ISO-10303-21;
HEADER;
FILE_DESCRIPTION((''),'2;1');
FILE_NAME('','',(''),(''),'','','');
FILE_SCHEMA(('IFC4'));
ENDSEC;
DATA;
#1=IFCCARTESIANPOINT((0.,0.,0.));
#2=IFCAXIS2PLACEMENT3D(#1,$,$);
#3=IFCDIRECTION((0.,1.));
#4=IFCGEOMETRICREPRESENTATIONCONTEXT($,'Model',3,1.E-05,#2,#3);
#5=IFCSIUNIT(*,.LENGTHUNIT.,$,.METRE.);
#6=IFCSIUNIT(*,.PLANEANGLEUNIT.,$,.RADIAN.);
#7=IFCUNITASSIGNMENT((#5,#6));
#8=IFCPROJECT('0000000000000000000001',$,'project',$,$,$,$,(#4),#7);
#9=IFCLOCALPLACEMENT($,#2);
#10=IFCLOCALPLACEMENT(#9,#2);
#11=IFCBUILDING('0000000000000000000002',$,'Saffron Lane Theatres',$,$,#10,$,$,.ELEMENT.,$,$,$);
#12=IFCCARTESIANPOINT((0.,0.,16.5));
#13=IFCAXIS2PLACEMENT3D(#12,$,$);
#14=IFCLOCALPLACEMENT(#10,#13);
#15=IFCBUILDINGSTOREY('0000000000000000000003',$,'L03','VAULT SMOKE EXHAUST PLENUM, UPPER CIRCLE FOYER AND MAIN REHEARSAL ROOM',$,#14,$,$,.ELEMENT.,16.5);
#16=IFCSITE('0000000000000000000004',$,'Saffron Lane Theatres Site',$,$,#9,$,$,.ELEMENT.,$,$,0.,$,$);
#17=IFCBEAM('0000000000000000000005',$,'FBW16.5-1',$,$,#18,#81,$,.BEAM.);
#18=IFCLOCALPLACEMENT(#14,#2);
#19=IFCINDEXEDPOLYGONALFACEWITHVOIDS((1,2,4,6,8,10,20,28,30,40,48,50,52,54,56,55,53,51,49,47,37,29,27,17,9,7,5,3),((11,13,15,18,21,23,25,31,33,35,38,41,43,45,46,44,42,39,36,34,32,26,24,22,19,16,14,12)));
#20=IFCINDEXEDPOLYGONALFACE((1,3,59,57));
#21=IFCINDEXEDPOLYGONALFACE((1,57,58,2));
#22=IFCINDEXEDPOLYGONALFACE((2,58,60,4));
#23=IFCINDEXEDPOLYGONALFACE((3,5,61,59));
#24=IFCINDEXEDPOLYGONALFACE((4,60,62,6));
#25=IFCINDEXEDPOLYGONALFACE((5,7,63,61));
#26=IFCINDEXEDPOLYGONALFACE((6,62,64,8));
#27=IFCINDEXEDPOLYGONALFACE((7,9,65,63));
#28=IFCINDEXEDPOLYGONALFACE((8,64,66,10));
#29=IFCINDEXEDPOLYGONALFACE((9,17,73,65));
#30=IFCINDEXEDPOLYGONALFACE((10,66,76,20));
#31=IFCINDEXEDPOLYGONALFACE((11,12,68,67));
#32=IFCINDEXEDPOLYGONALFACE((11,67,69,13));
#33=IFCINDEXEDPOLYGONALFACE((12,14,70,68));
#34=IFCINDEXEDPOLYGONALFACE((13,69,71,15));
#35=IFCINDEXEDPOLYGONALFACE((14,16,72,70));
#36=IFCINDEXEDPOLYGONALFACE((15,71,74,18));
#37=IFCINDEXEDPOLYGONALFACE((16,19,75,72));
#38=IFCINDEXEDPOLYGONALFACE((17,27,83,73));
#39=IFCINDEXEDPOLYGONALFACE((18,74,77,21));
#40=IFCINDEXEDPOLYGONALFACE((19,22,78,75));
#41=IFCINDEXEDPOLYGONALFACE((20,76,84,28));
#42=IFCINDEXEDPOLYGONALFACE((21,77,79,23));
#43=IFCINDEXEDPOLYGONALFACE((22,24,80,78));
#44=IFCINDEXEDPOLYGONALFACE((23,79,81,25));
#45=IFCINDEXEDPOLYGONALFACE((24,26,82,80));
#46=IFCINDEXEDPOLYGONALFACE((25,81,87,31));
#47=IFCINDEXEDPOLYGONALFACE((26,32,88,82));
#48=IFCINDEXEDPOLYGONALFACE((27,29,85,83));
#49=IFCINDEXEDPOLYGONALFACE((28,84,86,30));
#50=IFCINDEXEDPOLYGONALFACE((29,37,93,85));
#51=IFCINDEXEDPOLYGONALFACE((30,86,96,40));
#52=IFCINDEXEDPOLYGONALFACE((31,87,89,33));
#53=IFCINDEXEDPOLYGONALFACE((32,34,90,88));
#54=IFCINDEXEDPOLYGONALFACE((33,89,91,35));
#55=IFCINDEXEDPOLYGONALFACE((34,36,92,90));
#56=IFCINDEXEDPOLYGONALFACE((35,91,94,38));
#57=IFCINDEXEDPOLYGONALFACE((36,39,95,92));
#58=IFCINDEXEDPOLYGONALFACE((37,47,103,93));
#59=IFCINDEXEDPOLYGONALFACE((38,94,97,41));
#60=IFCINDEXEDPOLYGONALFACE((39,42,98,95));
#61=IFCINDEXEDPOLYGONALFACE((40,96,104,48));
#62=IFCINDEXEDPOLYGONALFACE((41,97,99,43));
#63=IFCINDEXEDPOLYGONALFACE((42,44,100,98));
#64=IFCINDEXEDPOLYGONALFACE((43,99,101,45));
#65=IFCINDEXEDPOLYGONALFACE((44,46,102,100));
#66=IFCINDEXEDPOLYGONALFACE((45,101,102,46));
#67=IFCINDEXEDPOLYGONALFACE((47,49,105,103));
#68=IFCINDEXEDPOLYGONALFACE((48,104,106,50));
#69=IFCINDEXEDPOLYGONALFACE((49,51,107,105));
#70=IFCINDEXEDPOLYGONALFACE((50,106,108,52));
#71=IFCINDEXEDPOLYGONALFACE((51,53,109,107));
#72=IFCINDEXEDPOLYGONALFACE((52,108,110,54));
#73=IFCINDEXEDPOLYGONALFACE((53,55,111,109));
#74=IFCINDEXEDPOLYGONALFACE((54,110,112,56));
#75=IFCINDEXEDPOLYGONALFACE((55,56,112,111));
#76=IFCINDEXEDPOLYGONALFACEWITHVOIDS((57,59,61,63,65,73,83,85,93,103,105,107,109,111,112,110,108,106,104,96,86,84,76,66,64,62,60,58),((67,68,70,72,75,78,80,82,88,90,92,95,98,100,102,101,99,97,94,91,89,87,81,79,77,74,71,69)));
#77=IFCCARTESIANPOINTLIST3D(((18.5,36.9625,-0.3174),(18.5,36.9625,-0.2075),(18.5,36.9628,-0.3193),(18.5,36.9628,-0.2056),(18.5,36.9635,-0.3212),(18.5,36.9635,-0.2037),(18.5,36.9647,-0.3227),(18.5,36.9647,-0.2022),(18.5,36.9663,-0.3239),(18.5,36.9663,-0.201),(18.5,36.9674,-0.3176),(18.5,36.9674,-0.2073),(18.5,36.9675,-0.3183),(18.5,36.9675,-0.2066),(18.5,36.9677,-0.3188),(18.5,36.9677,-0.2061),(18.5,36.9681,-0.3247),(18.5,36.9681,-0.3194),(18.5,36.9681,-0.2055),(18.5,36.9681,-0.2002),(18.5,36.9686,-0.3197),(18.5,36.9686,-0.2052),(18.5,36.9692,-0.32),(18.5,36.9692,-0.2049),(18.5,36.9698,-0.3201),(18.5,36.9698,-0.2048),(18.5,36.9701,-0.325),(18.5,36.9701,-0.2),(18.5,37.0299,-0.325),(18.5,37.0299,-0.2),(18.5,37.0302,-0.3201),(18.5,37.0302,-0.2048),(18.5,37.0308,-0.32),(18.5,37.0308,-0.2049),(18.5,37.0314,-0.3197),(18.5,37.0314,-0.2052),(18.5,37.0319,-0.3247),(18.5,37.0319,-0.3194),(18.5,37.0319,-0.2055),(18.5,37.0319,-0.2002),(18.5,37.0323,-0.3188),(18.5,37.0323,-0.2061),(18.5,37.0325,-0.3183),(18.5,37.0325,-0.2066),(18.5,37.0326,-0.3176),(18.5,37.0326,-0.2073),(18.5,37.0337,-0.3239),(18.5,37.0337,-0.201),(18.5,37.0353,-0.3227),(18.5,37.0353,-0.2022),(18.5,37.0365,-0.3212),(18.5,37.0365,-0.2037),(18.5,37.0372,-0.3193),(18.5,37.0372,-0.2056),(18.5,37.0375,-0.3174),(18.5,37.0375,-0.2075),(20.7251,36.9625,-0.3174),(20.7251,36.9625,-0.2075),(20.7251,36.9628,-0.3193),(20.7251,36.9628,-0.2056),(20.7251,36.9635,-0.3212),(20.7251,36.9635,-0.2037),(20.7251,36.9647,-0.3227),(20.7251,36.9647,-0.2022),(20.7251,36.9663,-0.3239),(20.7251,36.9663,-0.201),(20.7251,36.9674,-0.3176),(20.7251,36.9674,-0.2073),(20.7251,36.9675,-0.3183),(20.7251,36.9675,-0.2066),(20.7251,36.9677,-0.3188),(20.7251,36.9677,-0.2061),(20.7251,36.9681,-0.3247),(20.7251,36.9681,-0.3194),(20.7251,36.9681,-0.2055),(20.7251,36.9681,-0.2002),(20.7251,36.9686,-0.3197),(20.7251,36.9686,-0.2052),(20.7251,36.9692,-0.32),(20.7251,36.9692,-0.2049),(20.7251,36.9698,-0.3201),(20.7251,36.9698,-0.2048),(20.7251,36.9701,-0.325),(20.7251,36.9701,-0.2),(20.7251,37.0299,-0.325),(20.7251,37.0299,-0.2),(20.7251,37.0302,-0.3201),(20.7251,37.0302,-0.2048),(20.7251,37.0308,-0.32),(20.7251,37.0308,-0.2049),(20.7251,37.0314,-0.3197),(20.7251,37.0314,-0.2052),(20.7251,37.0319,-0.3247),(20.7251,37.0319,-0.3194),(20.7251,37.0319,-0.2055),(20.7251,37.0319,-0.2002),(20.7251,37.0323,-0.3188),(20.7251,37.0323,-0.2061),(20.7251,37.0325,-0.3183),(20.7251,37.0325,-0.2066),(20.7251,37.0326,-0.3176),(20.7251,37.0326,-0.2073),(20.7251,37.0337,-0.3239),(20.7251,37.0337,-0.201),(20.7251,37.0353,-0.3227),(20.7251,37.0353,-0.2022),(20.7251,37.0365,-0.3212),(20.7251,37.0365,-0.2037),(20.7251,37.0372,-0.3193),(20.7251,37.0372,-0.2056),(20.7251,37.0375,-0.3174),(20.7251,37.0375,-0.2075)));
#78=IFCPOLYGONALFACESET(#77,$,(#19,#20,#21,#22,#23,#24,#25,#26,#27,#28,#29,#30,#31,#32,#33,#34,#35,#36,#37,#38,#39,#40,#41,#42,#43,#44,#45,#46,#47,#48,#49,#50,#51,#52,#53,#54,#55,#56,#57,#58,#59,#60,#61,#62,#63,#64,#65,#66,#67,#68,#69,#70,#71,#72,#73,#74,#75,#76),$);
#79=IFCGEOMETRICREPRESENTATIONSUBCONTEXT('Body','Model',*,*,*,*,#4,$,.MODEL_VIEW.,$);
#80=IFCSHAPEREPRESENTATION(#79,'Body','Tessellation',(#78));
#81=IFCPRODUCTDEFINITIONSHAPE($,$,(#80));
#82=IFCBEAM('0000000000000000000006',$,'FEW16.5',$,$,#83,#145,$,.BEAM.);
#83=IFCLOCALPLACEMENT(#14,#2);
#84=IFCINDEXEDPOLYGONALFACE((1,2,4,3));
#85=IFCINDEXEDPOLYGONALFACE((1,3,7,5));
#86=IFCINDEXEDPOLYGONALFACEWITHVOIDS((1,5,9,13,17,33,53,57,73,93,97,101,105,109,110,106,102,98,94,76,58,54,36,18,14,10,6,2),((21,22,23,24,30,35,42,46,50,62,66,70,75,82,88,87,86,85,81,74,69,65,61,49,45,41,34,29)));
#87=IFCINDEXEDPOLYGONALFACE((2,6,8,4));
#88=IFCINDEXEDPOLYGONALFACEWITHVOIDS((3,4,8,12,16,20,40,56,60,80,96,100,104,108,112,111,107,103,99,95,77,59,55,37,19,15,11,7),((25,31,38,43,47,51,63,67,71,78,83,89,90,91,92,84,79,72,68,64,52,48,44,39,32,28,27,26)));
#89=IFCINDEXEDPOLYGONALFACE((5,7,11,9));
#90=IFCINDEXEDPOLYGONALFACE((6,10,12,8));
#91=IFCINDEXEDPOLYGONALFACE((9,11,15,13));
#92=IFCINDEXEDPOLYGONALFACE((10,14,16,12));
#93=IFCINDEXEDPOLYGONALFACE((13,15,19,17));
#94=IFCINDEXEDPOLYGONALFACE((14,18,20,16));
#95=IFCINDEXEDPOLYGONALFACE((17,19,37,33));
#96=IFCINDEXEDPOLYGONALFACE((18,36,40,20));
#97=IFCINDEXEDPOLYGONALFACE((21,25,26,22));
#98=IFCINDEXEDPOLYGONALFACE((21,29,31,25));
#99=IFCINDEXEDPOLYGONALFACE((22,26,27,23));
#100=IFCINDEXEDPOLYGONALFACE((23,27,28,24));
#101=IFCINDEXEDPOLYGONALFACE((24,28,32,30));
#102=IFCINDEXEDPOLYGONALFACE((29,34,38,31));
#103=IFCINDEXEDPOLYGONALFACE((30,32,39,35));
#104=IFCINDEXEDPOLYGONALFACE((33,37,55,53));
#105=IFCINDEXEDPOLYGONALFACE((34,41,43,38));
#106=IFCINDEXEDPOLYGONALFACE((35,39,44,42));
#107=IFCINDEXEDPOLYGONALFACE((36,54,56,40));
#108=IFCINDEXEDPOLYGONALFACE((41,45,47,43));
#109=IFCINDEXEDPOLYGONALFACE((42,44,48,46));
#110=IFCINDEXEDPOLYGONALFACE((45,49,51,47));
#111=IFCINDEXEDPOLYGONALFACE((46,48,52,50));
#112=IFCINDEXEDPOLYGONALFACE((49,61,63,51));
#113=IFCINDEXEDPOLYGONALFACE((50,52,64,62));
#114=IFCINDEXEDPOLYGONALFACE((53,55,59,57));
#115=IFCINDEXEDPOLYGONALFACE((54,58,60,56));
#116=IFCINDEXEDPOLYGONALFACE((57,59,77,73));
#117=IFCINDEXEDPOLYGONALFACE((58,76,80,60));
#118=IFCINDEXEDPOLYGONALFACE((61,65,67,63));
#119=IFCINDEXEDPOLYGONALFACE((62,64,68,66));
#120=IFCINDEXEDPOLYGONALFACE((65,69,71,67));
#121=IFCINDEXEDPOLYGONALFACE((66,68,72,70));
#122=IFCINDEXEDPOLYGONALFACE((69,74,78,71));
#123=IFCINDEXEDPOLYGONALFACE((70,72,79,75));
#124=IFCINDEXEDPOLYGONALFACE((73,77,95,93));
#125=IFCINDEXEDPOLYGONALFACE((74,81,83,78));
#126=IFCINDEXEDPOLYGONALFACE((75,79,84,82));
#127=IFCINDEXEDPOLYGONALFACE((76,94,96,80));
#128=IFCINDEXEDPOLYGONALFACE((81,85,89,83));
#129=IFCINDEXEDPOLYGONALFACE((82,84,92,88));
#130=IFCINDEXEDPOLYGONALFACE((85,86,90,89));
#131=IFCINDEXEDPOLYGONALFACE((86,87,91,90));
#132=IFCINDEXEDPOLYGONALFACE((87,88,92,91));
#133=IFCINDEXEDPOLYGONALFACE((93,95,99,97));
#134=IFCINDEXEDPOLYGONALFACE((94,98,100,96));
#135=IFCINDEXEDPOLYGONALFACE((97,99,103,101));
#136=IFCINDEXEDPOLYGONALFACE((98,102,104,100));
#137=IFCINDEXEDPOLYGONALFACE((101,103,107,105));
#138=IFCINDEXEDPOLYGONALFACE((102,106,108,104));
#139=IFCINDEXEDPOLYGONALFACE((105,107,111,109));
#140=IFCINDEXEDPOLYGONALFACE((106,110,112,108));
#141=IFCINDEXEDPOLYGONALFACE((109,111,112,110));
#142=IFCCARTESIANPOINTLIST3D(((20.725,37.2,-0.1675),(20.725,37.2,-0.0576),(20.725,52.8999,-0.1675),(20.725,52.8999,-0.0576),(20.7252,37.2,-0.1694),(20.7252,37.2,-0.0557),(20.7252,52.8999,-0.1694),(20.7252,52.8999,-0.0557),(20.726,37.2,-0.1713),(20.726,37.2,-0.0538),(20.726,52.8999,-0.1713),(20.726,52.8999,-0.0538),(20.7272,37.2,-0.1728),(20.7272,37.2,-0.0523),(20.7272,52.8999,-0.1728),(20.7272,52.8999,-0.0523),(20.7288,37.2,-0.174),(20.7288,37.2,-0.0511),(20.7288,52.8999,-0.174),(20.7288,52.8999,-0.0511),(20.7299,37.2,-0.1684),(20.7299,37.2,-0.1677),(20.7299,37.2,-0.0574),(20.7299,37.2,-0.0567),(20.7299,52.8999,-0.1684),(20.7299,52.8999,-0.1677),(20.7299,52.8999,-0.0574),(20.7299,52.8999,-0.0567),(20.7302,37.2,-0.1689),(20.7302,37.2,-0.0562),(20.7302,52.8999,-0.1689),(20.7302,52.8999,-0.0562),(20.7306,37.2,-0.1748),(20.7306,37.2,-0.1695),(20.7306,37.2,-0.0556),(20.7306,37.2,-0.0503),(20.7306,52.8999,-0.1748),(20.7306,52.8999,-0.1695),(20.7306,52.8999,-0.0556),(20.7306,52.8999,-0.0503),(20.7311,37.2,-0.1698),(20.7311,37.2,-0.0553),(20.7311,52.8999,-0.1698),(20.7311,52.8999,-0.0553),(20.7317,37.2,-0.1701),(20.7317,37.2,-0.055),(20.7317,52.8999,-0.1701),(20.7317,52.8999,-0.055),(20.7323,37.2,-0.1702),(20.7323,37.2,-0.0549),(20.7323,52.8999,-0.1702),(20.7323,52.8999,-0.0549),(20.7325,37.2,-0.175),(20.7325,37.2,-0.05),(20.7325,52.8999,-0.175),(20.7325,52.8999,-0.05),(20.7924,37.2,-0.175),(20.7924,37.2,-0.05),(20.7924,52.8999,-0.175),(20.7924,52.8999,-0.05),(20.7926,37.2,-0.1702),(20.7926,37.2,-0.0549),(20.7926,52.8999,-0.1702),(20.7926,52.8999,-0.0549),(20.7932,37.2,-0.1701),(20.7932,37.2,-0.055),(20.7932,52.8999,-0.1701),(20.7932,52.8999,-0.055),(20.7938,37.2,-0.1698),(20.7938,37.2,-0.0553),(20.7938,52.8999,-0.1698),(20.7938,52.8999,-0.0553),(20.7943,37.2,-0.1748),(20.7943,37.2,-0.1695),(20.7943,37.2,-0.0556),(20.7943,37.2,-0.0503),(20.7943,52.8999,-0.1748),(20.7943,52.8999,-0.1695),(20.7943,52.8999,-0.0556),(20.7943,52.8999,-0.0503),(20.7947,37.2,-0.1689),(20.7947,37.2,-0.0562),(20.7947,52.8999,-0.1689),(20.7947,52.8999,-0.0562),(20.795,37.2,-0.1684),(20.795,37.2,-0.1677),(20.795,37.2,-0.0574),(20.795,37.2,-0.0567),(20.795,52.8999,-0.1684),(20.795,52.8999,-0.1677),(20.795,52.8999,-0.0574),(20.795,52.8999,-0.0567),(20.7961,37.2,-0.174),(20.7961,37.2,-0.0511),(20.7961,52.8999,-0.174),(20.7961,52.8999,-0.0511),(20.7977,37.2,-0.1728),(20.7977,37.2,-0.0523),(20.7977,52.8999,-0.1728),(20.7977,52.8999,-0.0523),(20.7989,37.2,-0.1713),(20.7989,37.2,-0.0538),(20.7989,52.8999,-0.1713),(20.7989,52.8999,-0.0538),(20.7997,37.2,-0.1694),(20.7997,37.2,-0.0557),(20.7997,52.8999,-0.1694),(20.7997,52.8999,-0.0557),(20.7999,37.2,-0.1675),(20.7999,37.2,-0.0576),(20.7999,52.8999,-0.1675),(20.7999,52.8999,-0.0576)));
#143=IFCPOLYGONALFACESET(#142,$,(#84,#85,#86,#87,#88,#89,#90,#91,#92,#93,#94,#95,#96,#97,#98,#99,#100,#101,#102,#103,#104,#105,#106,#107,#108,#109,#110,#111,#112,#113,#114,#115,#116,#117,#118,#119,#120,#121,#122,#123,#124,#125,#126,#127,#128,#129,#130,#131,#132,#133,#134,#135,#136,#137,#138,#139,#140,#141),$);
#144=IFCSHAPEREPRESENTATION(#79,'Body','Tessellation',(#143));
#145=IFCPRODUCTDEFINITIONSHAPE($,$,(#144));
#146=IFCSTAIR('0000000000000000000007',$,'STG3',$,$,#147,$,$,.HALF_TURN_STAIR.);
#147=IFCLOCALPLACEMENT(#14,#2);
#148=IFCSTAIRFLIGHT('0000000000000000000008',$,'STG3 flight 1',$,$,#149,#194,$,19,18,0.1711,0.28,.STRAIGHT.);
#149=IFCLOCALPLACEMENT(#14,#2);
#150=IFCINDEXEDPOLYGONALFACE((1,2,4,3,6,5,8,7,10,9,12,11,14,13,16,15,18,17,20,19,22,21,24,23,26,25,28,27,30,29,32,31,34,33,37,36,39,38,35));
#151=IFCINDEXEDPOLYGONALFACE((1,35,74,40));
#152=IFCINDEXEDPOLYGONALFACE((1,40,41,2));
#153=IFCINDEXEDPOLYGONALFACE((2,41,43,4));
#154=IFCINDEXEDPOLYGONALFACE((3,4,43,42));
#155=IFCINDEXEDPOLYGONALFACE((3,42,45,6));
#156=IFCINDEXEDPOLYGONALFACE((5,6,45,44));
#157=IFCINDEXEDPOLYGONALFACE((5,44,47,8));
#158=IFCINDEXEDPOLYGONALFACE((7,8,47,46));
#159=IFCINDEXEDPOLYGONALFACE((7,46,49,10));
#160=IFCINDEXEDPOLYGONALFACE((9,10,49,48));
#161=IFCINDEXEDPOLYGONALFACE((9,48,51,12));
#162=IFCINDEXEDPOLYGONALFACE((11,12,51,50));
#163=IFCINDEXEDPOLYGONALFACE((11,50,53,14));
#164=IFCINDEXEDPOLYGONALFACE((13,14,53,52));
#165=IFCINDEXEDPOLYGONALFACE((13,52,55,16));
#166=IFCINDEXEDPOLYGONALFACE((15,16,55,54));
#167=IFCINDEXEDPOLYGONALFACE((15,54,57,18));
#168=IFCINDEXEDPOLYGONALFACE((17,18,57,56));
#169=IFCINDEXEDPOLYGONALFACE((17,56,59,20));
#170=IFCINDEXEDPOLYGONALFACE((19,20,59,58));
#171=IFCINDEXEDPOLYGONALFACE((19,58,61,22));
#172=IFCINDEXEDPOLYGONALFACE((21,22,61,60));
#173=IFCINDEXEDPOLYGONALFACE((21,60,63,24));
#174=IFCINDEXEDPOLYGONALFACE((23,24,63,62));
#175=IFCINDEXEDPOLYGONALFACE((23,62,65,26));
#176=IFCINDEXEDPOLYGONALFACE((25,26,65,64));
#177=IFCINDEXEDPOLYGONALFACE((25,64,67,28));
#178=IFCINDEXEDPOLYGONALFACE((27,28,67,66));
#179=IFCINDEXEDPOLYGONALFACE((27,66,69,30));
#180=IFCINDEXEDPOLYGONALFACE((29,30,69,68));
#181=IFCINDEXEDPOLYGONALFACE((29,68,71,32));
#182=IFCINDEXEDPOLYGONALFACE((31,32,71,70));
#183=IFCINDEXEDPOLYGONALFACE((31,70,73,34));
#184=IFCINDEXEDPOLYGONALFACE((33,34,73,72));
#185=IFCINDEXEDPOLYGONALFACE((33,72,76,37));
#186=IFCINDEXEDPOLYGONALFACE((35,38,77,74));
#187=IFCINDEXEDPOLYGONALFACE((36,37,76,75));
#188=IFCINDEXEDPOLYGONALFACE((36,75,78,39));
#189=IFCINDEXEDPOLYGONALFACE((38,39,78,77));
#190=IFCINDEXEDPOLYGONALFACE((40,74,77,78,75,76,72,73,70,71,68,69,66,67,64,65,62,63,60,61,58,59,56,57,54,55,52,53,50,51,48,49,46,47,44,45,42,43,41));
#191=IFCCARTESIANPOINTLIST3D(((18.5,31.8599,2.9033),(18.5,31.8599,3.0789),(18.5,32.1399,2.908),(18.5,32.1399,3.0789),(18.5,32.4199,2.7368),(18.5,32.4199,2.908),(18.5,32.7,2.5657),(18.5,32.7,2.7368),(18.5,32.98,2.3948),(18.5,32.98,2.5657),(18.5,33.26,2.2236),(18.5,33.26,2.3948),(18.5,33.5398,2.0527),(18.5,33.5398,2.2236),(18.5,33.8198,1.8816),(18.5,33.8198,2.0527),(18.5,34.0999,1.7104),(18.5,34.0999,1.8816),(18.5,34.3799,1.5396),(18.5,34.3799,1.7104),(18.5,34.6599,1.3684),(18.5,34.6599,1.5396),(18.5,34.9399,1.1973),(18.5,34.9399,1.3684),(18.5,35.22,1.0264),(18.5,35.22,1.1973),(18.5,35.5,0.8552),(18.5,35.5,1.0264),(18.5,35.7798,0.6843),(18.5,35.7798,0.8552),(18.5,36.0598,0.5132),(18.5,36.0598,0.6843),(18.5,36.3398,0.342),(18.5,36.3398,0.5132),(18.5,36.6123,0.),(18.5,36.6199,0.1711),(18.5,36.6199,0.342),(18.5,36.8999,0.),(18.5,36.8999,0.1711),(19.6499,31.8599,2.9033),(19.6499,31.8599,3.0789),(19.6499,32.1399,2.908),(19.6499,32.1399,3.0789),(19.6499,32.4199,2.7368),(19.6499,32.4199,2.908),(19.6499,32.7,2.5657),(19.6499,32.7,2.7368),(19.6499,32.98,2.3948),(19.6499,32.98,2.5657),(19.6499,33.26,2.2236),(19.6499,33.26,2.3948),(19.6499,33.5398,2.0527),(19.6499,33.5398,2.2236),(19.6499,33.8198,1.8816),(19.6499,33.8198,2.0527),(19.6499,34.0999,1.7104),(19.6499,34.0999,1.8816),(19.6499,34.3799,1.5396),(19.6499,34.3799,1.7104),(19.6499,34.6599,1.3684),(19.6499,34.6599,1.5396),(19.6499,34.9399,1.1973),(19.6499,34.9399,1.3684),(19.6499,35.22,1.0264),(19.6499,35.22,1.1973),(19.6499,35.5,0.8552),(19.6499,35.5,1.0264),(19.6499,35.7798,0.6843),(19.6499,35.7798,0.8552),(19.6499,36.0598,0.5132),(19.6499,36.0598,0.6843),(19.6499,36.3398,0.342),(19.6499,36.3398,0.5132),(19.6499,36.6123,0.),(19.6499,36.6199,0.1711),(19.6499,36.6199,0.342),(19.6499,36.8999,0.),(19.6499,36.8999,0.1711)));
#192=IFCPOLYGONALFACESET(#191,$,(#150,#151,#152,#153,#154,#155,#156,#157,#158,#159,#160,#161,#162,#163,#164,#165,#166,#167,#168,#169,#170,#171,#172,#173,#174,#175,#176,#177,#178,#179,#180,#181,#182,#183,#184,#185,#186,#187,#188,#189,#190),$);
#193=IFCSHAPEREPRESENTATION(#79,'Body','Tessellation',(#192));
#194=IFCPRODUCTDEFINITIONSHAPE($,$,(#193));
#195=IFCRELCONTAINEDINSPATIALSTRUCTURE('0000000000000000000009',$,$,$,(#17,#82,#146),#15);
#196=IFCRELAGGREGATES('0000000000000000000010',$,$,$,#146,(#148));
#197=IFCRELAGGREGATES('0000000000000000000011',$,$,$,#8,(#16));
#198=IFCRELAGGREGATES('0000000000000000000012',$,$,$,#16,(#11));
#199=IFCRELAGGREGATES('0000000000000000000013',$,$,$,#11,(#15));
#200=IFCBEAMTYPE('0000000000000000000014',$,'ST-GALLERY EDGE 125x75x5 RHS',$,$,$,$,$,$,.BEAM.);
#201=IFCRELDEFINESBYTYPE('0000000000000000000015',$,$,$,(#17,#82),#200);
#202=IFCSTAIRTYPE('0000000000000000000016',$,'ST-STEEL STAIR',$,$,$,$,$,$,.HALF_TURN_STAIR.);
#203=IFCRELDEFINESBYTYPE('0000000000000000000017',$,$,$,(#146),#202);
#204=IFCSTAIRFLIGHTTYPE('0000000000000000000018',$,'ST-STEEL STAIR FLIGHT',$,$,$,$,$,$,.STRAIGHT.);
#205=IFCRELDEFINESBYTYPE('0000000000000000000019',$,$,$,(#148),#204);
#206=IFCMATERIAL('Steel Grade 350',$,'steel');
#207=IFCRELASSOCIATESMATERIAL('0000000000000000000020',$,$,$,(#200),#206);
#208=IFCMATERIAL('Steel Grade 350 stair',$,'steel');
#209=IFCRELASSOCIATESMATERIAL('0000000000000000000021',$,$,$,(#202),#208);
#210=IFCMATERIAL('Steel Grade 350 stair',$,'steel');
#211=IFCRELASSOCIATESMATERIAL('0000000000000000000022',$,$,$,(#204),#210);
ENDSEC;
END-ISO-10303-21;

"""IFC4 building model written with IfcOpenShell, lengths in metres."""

from ifc_helpers import new_model, si_unit, direction, frame, origin, origin_2d, place, context, subcontext, project, spatial, polyline, hollow_rectangle, outline, extrude, material, material_profile, profile_set, type_object, element, aggregate, save


model = new_model("IFC4")

# Units and contexts
model_context = context("Model", 3, precision=1e-05, world=origin(), true_north=direction((0.0, 1.0)))
body_context = subcontext(model_context, "Body", "Model", "MODEL_VIEW")
ifc_project = project(units=[si_unit("LENGTHUNIT", "METRE"), si_unit("PLANEANGLEUNIT", "RADIAN")], contexts=[model_context])

# Site, building, storey
site_placement = place(None, origin())
site = spatial("IfcSite", under=ifc_project, at=site_placement, Name="Saffron Lane Theatres Site", CompositionType="ELEMENT", RefElevation=0.0)
building_placement = place(site_placement, origin())
building = spatial("IfcBuilding", under=site, at=building_placement, Name="Saffron Lane Theatres", CompositionType="ELEMENT")
storey_placement = place(building_placement, frame((0.0, 0.0, 16.5)))
storey = spatial("IfcBuildingStorey", under=building, at=storey_placement, Name="L03", Description="VAULT SMOKE EXHAUST PLENUM, UPPER CIRCLE FOYER AND MAIN REHEARSAL ROOM", CompositionType="ELEMENT", Elevation=16.5)

# Beams
ifc_material_1 = material(Name="Steel Grade 350", Category="steel")
ifc_material_profile_1 = material_profile(ifc_material_1, hollow_rectangle(XDim=0.075, YDim=0.125, WallThickness=0.0049, InnerFilletRadius=0.0024, OuterFilletRadius=0.0076, at=origin_2d()))
ifc_profile_set_1 = profile_set([ifc_material_profile_1], Name="Steel Grade 350")
beam_type_1 = type_object("IfcBeamType", Name="ST-GALLERY EDGE 125x75x5 RHS", PredefinedType="BEAM", material=ifc_profile_set_1)
beam_1_placement = place(storey_placement, frame((18.5, 37.0, -0.2625), z_axis=(1.0, 0.0, 0.0), x_axis=(0.0, 1.0, 0.0)))
element("IfcBeam", 1, at=beam_1_placement, inside=storey, type_object=beam_type_1, Name="FBW16.5-1", PredefinedType="BEAM", context=body_context, shape_type="SweptSolid", body=[
    extrude(hollow_rectangle(XDim=0.075, YDim=0.125, WallThickness=0.0049, InnerFilletRadius=0.0024, OuterFilletRadius=0.0076, at=origin_2d()), origin(), (0.0, 0.0, 1.0), 2.2251),
])
beam_2_placement = place(storey_placement, frame((20.7625, 37.2, -0.1125), z_axis=(0.0, 1.0, 0.0), x_axis=(-1.0, 0.0, 0.0)))
element("IfcBeam", 2, at=beam_2_placement, inside=storey, type_object=beam_type_1, Name="FEW16.5", PredefinedType="BEAM", context=body_context, shape_type="SweptSolid", body=[
    extrude(hollow_rectangle(XDim=0.075, YDim=0.125, WallThickness=0.0049, InnerFilletRadius=0.0024, OuterFilletRadius=0.0076, at=origin_2d()), origin(), (0.0, 0.0, 1.0), 15.7),
])

# Stair, stair flight
ifc_material_2 = material(Name="Steel Grade 350 stair", Category="steel")
stair_type = type_object("IfcStairType", Name="ST-STEEL STAIR", PredefinedType="HALF_TURN_STAIR", material=ifc_material_2)
stair_placement = place(storey_placement, origin())
stair = element("IfcStair", 3, at=stair_placement, inside=storey, type_object=stair_type, Name="STG3", PredefinedType="HALF_TURN_STAIR")
ifc_material_3 = material(Name="Steel Grade 350 stair", Category="steel")
stair_flight_type = type_object("IfcStairFlightType", Name="ST-STEEL STAIR FLIGHT", PredefinedType="STRAIGHT", material=ifc_material_3)
stair_flight_1_placement = place(storey_placement, frame((19.075, 36.8999, 0.0), z_axis=(0.0, 0.0, 1.0), x_axis=(0.0, -1.0, 0.0)))
stair_flight_1 = element("IfcStairFlight", 4, at=stair_flight_1_placement, type_object=stair_flight_type, Name="STG3 flight 1", NumberOfRisers=19, NumberOfTreads=18, PredefinedType="STRAIGHT", RiserHeight=0.1711, TreadLength=0.28, context=body_context, shape_type="SweptSolid", body=[
    extrude(outline(polyline([(0.0, 0.0), (0.0, 0.1711), (0.28, 0.1711), (0.28, 0.342), (0.5601, 0.342), (0.5601, 0.5132), (0.8401, 0.5132), (0.8401, 0.6843), (1.1201, 0.6843), (1.1201, 0.8552), (1.3999, 0.8552), (1.3999, 1.0264), (1.6799, 1.0264), (1.6799, 1.1973), (1.96, 1.1973), (1.96, 1.3684), (2.24, 1.3684), (2.24, 1.5396), (2.52, 1.5396), (2.52, 1.7104), (2.8, 1.7104), (2.8, 1.8816), (3.0801, 1.8816), (3.0801, 2.0527), (3.3601, 2.0527), (3.3601, 2.2236), (3.6399, 2.2236), (3.6399, 2.3948), (3.9199, 2.3948), (3.9199, 2.5657), (4.2, 2.5657), (4.2, 2.7368), (4.48, 2.7368), (4.48, 2.908), (4.76, 2.908), (4.76, 3.0789), (5.04, 3.0789), (5.04, 3.25), (5.04, 2.9033), (0.2876, 0.0), (0.0, 0.0)])), frame((0.0, 0.575, 0.0), z_axis=(0.0, -1.0, 0.0), x_axis=(1.0, 0.0, 0.0)), (0.0, 0.0, 1.0), 1.1499),
])
aggregate(stair, [stair_flight_1])

save(model, "model.ifc")
